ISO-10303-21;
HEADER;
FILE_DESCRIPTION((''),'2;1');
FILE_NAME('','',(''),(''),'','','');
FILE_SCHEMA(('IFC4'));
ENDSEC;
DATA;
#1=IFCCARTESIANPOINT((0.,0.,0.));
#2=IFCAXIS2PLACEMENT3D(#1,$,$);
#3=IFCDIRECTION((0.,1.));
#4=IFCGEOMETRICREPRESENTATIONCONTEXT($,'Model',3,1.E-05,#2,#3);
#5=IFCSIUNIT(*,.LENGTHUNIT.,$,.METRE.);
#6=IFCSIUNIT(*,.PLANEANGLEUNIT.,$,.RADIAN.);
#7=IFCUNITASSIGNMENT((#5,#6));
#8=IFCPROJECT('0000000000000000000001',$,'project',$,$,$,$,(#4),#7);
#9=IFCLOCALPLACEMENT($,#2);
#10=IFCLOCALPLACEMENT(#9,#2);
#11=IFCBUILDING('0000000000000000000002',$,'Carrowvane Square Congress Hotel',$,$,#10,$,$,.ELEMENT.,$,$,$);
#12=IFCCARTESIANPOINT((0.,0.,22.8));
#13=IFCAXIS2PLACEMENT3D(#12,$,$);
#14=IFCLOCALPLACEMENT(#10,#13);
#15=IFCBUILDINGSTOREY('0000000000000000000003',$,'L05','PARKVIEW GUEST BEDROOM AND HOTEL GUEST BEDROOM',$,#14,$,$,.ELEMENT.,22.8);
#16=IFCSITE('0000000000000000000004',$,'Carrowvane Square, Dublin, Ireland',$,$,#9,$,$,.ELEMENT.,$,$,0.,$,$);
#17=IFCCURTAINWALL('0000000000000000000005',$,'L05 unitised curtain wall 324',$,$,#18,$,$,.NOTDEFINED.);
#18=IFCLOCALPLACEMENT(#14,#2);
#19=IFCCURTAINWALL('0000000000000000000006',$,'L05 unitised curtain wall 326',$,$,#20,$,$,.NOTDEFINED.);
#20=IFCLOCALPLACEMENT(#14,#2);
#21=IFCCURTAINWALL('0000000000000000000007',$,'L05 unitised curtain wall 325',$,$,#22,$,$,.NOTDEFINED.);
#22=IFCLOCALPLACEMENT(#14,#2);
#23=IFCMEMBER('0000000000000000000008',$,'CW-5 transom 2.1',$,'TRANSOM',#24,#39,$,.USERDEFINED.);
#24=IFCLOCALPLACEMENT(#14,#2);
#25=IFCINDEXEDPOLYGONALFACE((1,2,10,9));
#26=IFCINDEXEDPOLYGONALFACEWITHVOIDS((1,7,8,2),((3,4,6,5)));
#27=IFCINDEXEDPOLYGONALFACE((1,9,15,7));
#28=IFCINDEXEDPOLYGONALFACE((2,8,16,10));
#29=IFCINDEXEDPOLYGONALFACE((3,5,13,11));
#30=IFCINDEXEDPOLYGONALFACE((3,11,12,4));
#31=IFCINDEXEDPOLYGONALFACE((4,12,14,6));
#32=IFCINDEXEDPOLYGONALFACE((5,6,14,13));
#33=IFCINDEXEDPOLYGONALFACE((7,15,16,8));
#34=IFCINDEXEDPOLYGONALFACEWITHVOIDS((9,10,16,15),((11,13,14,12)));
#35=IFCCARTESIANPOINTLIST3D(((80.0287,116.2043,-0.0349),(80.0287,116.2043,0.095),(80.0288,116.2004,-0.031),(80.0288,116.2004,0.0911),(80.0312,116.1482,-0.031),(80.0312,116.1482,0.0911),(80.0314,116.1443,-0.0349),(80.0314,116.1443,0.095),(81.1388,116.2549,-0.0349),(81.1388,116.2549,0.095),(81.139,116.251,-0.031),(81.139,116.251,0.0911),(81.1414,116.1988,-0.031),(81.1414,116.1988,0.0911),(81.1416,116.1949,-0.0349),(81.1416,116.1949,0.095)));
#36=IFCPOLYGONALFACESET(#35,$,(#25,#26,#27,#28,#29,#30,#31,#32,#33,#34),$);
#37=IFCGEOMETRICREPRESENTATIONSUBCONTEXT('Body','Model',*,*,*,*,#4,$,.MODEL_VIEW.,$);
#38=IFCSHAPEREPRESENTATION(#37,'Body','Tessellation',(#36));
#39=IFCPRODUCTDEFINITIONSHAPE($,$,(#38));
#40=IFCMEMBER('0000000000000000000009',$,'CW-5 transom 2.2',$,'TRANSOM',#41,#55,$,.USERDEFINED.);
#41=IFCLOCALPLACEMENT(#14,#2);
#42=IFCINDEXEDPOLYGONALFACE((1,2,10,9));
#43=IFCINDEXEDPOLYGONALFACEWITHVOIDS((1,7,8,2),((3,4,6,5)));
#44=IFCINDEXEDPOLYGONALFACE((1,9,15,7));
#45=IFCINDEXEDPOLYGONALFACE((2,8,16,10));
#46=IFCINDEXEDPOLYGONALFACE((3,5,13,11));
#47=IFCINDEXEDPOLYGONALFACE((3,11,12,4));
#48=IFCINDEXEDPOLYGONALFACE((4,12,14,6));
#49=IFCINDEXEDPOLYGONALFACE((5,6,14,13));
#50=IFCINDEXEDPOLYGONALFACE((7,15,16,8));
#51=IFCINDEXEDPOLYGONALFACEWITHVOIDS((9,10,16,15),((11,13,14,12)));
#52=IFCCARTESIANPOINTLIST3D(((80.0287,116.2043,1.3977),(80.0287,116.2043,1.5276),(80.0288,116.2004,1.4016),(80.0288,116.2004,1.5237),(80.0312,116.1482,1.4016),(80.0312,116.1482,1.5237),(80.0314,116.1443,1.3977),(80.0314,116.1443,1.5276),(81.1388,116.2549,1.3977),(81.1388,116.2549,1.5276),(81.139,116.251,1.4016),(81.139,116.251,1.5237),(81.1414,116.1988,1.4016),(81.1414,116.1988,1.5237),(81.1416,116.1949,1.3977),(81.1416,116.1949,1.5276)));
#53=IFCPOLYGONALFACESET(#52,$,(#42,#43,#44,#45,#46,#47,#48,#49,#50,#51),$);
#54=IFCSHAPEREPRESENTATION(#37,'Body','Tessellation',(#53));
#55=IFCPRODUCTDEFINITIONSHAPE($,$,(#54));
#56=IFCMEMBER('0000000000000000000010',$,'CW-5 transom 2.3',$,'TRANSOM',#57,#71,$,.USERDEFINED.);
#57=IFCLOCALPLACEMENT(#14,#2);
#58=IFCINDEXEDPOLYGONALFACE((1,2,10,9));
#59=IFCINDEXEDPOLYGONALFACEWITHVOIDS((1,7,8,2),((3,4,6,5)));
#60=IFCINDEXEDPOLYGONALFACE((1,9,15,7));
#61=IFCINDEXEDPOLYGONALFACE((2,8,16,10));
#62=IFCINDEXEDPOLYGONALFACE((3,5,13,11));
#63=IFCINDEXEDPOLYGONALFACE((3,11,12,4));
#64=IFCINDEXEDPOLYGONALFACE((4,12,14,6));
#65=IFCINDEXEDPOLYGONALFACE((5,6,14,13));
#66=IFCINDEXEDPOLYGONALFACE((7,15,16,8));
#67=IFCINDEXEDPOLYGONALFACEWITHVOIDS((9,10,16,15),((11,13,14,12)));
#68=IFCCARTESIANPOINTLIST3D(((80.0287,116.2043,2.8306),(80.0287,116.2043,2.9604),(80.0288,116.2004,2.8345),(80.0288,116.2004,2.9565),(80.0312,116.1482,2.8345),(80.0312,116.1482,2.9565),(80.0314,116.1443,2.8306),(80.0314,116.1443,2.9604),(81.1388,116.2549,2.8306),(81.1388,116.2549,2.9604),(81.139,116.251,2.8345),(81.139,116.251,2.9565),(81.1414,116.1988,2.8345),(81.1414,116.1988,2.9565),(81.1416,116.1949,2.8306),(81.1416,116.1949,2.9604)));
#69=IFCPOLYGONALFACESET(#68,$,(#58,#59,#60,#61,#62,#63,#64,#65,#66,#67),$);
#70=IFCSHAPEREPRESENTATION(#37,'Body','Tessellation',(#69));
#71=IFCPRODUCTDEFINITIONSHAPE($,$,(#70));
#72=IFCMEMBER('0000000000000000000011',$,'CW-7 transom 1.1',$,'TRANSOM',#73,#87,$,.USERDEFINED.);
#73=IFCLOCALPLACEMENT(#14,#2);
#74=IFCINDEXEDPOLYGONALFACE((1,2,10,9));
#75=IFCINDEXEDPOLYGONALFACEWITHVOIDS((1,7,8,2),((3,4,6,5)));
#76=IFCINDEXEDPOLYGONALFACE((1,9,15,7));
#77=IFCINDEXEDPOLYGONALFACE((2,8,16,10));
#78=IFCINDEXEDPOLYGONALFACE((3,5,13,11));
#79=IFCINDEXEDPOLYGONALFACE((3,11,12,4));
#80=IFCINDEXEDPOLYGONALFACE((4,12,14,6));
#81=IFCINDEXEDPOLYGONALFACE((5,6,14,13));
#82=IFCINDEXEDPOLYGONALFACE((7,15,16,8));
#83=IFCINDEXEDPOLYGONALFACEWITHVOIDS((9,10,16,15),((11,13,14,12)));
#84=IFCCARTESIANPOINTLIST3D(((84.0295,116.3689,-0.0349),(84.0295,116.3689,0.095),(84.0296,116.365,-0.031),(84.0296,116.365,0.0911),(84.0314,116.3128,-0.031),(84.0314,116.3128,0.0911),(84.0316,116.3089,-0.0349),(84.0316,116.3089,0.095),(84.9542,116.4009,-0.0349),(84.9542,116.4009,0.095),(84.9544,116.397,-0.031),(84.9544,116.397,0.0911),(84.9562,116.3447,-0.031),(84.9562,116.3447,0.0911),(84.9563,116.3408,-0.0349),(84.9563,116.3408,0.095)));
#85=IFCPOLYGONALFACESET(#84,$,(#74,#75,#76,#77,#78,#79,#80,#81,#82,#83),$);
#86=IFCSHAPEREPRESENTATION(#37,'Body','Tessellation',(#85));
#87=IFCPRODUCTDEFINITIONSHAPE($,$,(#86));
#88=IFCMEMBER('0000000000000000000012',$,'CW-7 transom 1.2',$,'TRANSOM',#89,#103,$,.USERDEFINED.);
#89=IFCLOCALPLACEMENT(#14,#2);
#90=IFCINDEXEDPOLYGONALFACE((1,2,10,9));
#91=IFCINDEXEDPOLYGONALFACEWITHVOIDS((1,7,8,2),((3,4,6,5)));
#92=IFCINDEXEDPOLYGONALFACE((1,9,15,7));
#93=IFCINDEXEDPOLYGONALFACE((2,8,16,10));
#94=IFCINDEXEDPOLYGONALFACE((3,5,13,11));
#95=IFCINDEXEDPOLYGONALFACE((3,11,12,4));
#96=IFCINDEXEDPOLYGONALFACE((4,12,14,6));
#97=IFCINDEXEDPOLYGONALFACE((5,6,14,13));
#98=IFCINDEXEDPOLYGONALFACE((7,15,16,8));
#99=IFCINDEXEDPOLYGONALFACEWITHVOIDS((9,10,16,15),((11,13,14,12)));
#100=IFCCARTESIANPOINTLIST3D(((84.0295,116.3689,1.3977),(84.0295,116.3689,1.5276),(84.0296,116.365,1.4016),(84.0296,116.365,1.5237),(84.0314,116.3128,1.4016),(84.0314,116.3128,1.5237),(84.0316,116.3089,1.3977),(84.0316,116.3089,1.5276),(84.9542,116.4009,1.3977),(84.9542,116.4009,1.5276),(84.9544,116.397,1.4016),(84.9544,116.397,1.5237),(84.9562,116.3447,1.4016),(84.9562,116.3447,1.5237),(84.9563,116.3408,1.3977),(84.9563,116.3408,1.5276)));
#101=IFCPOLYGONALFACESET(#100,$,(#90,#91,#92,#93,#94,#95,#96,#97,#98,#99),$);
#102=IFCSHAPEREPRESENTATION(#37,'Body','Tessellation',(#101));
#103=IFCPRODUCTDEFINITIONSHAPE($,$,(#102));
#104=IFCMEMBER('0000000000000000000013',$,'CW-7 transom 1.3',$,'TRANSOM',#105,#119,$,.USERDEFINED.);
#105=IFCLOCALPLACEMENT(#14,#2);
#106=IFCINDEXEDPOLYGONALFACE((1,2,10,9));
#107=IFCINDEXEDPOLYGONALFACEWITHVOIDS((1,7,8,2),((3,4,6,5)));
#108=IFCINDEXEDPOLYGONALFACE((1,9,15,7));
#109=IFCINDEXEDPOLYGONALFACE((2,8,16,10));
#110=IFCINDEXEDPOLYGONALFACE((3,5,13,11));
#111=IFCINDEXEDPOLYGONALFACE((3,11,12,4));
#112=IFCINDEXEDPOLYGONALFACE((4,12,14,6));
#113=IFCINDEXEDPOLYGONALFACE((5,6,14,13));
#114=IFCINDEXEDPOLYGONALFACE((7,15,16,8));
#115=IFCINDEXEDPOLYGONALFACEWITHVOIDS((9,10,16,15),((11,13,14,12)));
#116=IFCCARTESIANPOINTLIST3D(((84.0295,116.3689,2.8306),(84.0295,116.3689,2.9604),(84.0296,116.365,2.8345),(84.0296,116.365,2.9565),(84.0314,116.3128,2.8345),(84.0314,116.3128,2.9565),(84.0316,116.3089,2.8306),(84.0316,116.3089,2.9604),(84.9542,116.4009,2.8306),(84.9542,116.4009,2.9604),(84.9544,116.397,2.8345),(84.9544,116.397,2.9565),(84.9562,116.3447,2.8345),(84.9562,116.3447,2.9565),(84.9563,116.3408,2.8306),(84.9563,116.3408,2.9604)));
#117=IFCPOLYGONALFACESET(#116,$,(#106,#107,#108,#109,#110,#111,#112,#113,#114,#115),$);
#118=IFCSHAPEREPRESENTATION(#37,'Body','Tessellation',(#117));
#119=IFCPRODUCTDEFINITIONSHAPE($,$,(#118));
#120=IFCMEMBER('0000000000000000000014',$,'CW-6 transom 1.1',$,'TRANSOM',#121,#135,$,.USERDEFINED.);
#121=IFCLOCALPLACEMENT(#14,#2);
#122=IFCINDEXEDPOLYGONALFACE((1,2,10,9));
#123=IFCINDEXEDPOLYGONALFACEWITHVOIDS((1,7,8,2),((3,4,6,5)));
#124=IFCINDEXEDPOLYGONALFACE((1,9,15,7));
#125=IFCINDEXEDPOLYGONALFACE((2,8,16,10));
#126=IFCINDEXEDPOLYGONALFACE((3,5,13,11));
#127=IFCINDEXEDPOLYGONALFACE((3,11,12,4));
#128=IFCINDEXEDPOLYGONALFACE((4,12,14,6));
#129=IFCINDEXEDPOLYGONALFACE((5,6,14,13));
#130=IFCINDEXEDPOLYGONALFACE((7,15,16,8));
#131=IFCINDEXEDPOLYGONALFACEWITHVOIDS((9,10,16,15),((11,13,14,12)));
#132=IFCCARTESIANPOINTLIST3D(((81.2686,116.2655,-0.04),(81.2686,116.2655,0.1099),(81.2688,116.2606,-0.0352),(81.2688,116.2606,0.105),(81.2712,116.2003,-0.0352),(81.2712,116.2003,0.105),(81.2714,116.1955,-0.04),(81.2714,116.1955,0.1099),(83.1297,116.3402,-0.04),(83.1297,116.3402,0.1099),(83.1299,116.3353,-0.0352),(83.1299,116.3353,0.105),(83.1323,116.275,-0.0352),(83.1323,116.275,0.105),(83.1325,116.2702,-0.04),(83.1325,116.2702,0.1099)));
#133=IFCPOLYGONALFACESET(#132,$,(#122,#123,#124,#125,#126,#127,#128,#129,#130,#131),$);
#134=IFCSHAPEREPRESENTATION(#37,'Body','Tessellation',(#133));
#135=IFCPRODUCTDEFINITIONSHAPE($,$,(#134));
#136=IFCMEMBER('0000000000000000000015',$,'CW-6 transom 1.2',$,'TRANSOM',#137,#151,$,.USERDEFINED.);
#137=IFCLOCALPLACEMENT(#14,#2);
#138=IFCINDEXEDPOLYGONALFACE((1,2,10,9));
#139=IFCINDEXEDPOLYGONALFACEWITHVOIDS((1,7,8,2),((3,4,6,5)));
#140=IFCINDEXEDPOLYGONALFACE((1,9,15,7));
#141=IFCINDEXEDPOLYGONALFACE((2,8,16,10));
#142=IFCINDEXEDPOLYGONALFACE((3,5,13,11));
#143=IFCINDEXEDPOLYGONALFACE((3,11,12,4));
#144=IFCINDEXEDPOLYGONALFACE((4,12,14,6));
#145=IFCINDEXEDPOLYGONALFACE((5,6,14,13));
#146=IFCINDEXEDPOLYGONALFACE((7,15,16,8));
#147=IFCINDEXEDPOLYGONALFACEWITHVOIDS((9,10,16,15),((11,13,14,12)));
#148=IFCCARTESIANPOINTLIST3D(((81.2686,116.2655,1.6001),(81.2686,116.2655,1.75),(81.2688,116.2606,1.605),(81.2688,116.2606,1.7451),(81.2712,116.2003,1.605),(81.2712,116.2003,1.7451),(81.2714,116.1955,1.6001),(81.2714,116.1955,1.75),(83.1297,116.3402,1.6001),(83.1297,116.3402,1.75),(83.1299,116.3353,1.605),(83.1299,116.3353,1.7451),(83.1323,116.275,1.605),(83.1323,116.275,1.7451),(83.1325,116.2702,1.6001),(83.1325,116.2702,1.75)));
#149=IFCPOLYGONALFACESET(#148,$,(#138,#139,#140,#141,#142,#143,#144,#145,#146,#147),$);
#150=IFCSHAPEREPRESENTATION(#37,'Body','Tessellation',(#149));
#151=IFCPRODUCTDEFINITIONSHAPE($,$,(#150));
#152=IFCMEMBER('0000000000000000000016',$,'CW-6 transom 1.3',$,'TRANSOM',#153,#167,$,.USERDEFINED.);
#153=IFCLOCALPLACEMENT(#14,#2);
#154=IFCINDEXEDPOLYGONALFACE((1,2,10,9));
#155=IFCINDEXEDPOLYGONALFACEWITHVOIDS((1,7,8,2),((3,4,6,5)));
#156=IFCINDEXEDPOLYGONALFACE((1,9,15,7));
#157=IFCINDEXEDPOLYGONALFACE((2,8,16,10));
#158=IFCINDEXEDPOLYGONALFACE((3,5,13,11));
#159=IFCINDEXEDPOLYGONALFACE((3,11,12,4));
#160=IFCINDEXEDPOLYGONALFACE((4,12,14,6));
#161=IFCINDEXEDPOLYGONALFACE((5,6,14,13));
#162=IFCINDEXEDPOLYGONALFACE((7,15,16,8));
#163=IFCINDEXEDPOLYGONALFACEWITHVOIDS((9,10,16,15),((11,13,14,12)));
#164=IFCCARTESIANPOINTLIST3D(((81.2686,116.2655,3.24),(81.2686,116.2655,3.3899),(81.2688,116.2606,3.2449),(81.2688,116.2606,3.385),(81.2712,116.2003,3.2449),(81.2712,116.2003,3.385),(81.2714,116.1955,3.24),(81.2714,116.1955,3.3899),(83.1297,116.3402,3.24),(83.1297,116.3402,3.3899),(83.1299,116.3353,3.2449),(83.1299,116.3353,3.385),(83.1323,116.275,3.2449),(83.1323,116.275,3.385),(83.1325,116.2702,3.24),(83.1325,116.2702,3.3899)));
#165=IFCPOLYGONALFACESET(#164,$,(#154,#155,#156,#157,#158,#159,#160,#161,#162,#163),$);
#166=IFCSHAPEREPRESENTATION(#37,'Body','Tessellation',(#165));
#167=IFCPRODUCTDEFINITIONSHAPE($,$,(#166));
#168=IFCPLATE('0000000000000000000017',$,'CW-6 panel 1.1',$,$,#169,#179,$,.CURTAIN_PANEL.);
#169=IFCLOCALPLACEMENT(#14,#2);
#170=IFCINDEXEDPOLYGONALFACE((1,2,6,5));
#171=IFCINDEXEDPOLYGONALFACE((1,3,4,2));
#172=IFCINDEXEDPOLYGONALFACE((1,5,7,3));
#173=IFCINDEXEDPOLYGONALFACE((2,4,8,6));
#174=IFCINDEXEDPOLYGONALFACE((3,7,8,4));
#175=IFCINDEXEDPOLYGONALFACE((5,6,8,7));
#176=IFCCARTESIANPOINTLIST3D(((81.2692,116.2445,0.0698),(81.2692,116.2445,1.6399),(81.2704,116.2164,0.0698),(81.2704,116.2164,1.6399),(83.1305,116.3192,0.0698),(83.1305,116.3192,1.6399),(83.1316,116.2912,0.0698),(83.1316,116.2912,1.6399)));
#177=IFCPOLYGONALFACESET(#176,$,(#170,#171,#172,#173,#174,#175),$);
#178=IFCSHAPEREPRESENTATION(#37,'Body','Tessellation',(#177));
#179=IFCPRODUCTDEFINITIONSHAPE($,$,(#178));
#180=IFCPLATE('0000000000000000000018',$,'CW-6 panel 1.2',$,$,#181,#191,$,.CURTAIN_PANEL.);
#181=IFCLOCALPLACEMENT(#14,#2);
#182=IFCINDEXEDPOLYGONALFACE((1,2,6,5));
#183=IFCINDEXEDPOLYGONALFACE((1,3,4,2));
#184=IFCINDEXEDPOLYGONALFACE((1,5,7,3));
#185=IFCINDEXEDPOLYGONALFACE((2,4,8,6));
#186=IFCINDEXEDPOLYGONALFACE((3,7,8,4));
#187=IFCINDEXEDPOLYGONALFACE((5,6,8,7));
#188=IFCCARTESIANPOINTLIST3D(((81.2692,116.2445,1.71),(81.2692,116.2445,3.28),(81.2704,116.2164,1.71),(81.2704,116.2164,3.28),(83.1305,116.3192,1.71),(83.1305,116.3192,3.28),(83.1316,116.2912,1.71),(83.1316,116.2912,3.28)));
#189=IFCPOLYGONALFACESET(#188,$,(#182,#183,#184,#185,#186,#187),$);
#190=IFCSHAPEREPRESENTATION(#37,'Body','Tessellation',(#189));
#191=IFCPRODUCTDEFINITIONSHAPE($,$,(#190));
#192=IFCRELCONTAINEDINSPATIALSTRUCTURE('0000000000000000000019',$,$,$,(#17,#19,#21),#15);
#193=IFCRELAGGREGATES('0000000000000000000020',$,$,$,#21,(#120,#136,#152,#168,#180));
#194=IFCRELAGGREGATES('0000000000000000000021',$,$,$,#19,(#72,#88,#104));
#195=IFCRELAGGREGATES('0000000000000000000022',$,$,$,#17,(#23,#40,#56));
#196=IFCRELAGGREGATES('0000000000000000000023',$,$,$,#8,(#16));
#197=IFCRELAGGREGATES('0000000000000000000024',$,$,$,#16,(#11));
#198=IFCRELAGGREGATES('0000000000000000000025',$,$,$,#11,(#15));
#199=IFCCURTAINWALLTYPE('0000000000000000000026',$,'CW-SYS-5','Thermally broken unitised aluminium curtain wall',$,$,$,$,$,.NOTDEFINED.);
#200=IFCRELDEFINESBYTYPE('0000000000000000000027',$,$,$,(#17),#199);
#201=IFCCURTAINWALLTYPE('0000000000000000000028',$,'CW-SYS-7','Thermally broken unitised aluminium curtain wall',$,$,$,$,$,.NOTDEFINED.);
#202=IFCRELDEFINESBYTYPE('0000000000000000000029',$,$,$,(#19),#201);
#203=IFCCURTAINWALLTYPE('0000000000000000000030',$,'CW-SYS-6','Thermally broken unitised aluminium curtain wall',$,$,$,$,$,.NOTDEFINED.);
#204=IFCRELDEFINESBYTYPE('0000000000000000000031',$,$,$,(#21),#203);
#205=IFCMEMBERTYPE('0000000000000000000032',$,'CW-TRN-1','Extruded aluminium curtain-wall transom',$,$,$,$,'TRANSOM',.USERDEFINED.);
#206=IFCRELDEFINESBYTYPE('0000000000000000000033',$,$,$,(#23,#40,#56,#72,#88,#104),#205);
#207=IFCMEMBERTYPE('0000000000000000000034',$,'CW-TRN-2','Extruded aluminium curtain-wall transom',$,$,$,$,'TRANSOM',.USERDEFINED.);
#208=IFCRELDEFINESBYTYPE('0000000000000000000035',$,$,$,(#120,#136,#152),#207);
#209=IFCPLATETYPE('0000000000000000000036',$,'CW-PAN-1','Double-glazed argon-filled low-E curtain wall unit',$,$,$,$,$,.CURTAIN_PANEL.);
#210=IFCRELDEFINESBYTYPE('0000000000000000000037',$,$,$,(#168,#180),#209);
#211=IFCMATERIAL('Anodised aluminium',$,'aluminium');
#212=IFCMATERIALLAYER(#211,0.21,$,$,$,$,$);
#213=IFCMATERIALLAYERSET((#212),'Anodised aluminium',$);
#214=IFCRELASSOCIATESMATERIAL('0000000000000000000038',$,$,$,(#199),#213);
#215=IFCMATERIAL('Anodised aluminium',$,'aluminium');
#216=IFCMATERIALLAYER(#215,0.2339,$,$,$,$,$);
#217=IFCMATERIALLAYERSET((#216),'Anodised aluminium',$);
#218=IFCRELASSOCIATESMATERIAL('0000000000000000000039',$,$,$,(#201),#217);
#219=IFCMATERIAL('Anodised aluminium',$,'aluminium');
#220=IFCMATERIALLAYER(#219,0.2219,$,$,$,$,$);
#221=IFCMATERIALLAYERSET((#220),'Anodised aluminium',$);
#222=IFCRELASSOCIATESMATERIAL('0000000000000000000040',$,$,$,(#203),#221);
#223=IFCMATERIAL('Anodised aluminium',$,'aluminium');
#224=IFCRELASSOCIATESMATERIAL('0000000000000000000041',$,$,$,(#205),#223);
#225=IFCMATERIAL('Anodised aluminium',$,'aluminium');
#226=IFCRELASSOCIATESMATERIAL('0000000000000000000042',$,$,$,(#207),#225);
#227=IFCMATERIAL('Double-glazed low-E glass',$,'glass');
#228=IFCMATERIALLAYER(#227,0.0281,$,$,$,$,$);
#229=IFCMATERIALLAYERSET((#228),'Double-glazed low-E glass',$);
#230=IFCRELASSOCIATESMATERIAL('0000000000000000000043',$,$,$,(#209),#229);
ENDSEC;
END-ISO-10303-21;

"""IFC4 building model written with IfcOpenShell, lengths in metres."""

from ifc_helpers import new_model, si_unit, direction, frame, origin, origin_2d, place, context, subcontext, project, spatial, rectangle, hollow_rectangle, extrude, material, layer, layer_set, material_profile, profile_set, type_object, element, aggregate, save


model = new_model("IFC4")

# Units and contexts
model_context = context("Model", 3, precision=1e-05, world=origin(), true_north=direction((0.0, 1.0)))
body_context = subcontext(model_context, "Body", "Model", "MODEL_VIEW")
ifc_project = project(units=[si_unit("LENGTHUNIT", "METRE"), si_unit("PLANEANGLEUNIT", "RADIAN")], contexts=[model_context])

# Site, building, storey
site_placement = place(None, origin())
site = spatial("IfcSite", under=ifc_project, at=site_placement, Name="Carrowvane Square, Dublin, Ireland", CompositionType="ELEMENT", RefElevation=0.0)
building_placement = place(site_placement, origin())
building = spatial("IfcBuilding", under=site, at=building_placement, Name="Carrowvane Square Congress Hotel", CompositionType="ELEMENT")
storey_placement = place(building_placement, frame((0.0, 0.0, 22.8)))
storey = spatial("IfcBuildingStorey", under=building, at=storey_placement, Name="L05", Description="PARKVIEW GUEST BEDROOM AND HOTEL GUEST BEDROOM", CompositionType="ELEMENT", Elevation=22.8)

# Curtain wall
ifc_material_1 = material(Name="Anodised aluminium", Category="aluminium")
ifc_layer_1 = layer(ifc_material_1, 0.21)
ifc_layer_set_1 = layer_set([ifc_layer_1], Name="Anodised aluminium")
curtain_wall_type_1 = type_object("IfcCurtainWallType", Name="CW-SYS-5", Description="Thermally broken unitised aluminium curtain wall", PredefinedType="NOTDEFINED", material=ifc_layer_set_1)
curtain_wall_1_placement = place(storey_placement, origin())
curtain_wall_1 = element("IfcCurtainWall", 1, at=curtain_wall_1_placement, inside=storey, type_object=curtain_wall_type_1, Name="L05 unitised curtain wall 324", PredefinedType="NOTDEFINED")

# Curtain wall
ifc_material_2 = material(Name="Anodised aluminium", Category="aluminium")
ifc_layer_2 = layer(ifc_material_2, 0.2339)
ifc_layer_set_2 = layer_set([ifc_layer_2], Name="Anodised aluminium")
curtain_wall_type_2 = type_object("IfcCurtainWallType", Name="CW-SYS-7", Description="Thermally broken unitised aluminium curtain wall", PredefinedType="NOTDEFINED", material=ifc_layer_set_2)
curtain_wall_2_placement = place(storey_placement, origin())
curtain_wall_2 = element("IfcCurtainWall", 2, at=curtain_wall_2_placement, inside=storey, type_object=curtain_wall_type_2, Name="L05 unitised curtain wall 326", PredefinedType="NOTDEFINED")

# Curtain wall
ifc_material_3 = material(Name="Anodised aluminium", Category="aluminium")
ifc_layer_3 = layer(ifc_material_3, 0.2219)
ifc_layer_set_3 = layer_set([ifc_layer_3], Name="Anodised aluminium")
curtain_wall_type_3 = type_object("IfcCurtainWallType", Name="CW-SYS-6", Description="Thermally broken unitised aluminium curtain wall", PredefinedType="NOTDEFINED", material=ifc_layer_set_3)
curtain_wall_3_placement = place(storey_placement, origin())
curtain_wall_3 = element("IfcCurtainWall", 3, at=curtain_wall_3_placement, inside=storey, type_object=curtain_wall_type_3, Name="L05 unitised curtain wall 325", PredefinedType="NOTDEFINED")

# Members
ifc_material_4 = material(Name="Anodised aluminium", Category="aluminium")
ifc_material_profile_1 = material_profile(ifc_material_4, hollow_rectangle(XDim=0.0601, YDim=0.1299, WallThickness=0.0039, at=origin_2d()), Name="CW-TR 60x130x4")
ifc_profile_set_1 = profile_set([ifc_material_profile_1], Name="Anodised aluminium")
member_type_1 = type_object("IfcMemberType", Name="CW-TRN-1", Description="Extruded aluminium curtain-wall transom", ElementType="TRANSOM", PredefinedType="USERDEFINED", material=ifc_profile_set_1)
member_1_placement = place(storey_placement, frame((80.03, 116.1743, 0.03), z_axis=(0.998965, 0.045477, 0.0), x_axis=(-0.045477, 0.998965, 0.0)))
member_1 = element("IfcMember", 4, at=member_1_placement, type_object=member_type_1, Name="CW-5 transom 2.1", ObjectType="TRANSOM", PredefinedType="USERDEFINED", context=body_context, shape_type="SweptSolid", body=[
    extrude(hollow_rectangle(XDim=0.0601, YDim=0.1299, WallThickness=0.0039, at=origin_2d()), origin(), (0.0, 0.0, 1.0), 1.1113),
])
member_2_placement = place(storey_placement, frame((80.03, 116.1743, 1.4626), z_axis=(0.998965, 0.045477, 0.0), x_axis=(-0.045477, 0.998965, 0.0)))
member_2 = element("IfcMember", 5, at=member_2_placement, type_object=member_type_1, Name="CW-5 transom 2.2", ObjectType="TRANSOM", PredefinedType="USERDEFINED", context=body_context, shape_type="SweptSolid", body=[
    extrude(hollow_rectangle(XDim=0.0601, YDim=0.1299, WallThickness=0.0039, at=origin_2d()), origin(), (0.0, 0.0, 1.0), 1.1113),
])
member_3_placement = place(storey_placement, frame((80.03, 116.1743, 2.8955), z_axis=(0.998965, 0.045477, 0.0), x_axis=(-0.045477, 0.998965, 0.0)))
member_3 = element("IfcMember", 6, at=member_3_placement, type_object=member_type_1, Name="CW-5 transom 2.3", ObjectType="TRANSOM", PredefinedType="USERDEFINED", context=body_context, shape_type="SweptSolid", body=[
    extrude(hollow_rectangle(XDim=0.0601, YDim=0.1299, WallThickness=0.0039, at=origin_2d()), origin(), (0.0, 0.0, 1.0), 1.1113),
])
member_4_placement = place(storey_placement, frame((84.0305, 116.3389, 0.03), z_axis=(0.999403, 0.034562, 0.0), x_axis=(-0.034562, 0.999403, 0.0)))
member_4 = element("IfcMember", 7, at=member_4_placement, type_object=member_type_1, Name="CW-7 transom 1.1", ObjectType="TRANSOM", PredefinedType="USERDEFINED", context=body_context, shape_type="SweptSolid", body=[
    extrude(hollow_rectangle(XDim=0.0601, YDim=0.1299, WallThickness=0.0039, at=origin_2d()), origin(), (0.0, 0.0, 1.0), 0.9253),
])
member_5_placement = place(storey_placement, frame((84.0305, 116.3389, 1.4626), z_axis=(0.999403, 0.034562, 0.0), x_axis=(-0.034562, 0.999403, 0.0)))
member_5 = element("IfcMember", 8, at=member_5_placement, type_object=member_type_1, Name="CW-7 transom 1.2", ObjectType="TRANSOM", PredefinedType="USERDEFINED", context=body_context, shape_type="SweptSolid", body=[
    extrude(hollow_rectangle(XDim=0.0601, YDim=0.1299, WallThickness=0.0039, at=origin_2d()), origin(), (0.0, 0.0, 1.0), 0.9253),
])
member_6_placement = place(storey_placement, frame((84.0305, 116.3389, 2.8955), z_axis=(0.999403, 0.034562, 0.0), x_axis=(-0.034562, 0.999403, 0.0)))
member_6 = element("IfcMember", 9, at=member_6_placement, type_object=member_type_1, Name="CW-7 transom 1.3", ObjectType="TRANSOM", PredefinedType="USERDEFINED", context=body_context, shape_type="SweptSolid", body=[
    extrude(hollow_rectangle(XDim=0.0601, YDim=0.1299, WallThickness=0.0039, at=origin_2d()), origin(), (0.0, 0.0, 1.0), 0.9253),
])
ifc_material_5 = material(Name="Anodised aluminium", Category="aluminium")
ifc_material_profile_2 = material_profile(ifc_material_5, hollow_rectangle(XDim=0.0701, YDim=0.1499, WallThickness=0.0049, at=origin_2d()), Name="CW-TR 70x150x5")
ifc_profile_set_2 = profile_set([ifc_material_profile_2], Name="Anodised aluminium")
member_type_2 = type_object("IfcMemberType", Name="CW-TRN-2", Description="Extruded aluminium curtain-wall transom", ElementType="TRANSOM", PredefinedType="USERDEFINED", material=ifc_profile_set_2)
member_7_placement = place(storey_placement, frame((81.27, 116.2305, 0.0349), z_axis=(0.999195, 0.040109, 0.0), x_axis=(-0.040109, 0.999195, 0.0)))
member_7 = element("IfcMember", 10, at=member_7_placement, type_object=member_type_2, Name="CW-6 transom 1.1", ObjectType="TRANSOM", PredefinedType="USERDEFINED", context=body_context, shape_type="SweptSolid", body=[
    extrude(hollow_rectangle(XDim=0.0701, YDim=0.1499, WallThickness=0.0049, at=origin_2d()), origin(), (0.0, 0.0, 1.0), 1.8625),
])
member_8_placement = place(storey_placement, frame((81.27, 116.2305, 1.675), z_axis=(0.999195, 0.040109, 0.0), x_axis=(-0.040109, 0.999195, 0.0)))
member_8 = element("IfcMember", 11, at=member_8_placement, type_object=member_type_2, Name="CW-6 transom 1.2", ObjectType="TRANSOM", PredefinedType="USERDEFINED", context=body_context, shape_type="SweptSolid", body=[
    extrude(hollow_rectangle(XDim=0.0701, YDim=0.1499, WallThickness=0.0049, at=origin_2d()), origin(), (0.0, 0.0, 1.0), 1.8625),
])
member_9_placement = place(storey_placement, frame((81.27, 116.2305, 3.3149), z_axis=(0.999195, 0.040109, 0.0), x_axis=(-0.040109, 0.999195, 0.0)))
member_9 = element("IfcMember", 12, at=member_9_placement, type_object=member_type_2, Name="CW-6 transom 1.3", ObjectType="TRANSOM", PredefinedType="USERDEFINED", context=body_context, shape_type="SweptSolid", body=[
    extrude(hollow_rectangle(XDim=0.0701, YDim=0.1499, WallThickness=0.0049, at=origin_2d()), origin(), (0.0, 0.0, 1.0), 1.8625),
])

# Plates
ifc_material_6 = material(Name="Double-glazed low-E glass", Category="glass")
ifc_layer_4 = layer(ifc_material_6, 0.0281)
ifc_layer_set_4 = layer_set([ifc_layer_4], Name="Double-glazed low-E glass")
plate_type_1 = type_object("IfcPlateType", Name="CW-PAN-1", Description="Double-glazed argon-filled low-E curtain wall unit", PredefinedType="CURTAIN_PANEL", material=ifc_layer_set_4)
plate_1_placement = place(storey_placement, frame((82.2004, 116.2678, 0.0698), z_axis=(0.0, 0.0, 1.0), x_axis=(0.999194, 0.040136, 0.0)))
plate_1 = element("IfcPlate", 13, at=plate_1_placement, type_object=plate_type_1, Name="CW-6 panel 1.1", PredefinedType="CURTAIN_PANEL", context=body_context, shape_type="SweptSolid", body=[
    extrude(rectangle(XDim=1.8628, YDim=0.0281, at=origin_2d()), origin(), (0.0, 0.0, 1.0), 1.5701),
])
plate_2_placement = place(storey_placement, frame((82.2004, 116.2678, 1.71), z_axis=(0.0, 0.0, 1.0), x_axis=(0.999194, 0.040136, 0.0)))
plate_2 = element("IfcPlate", 14, at=plate_2_placement, type_object=plate_type_1, Name="CW-6 panel 1.2", PredefinedType="CURTAIN_PANEL", context=body_context, shape_type="SweptSolid", body=[
    extrude(rectangle(XDim=1.8628, YDim=0.0281, at=origin_2d()), origin(), (0.0, 0.0, 1.0), 1.5701),
])
aggregate(curtain_wall_3, [member_7, member_8, member_9, plate_1, plate_2])
aggregate(curtain_wall_2, [member_4, member_5, member_6])
aggregate(curtain_wall_1, [member_1, member_2, member_3])

save(model, "model.ifc")
